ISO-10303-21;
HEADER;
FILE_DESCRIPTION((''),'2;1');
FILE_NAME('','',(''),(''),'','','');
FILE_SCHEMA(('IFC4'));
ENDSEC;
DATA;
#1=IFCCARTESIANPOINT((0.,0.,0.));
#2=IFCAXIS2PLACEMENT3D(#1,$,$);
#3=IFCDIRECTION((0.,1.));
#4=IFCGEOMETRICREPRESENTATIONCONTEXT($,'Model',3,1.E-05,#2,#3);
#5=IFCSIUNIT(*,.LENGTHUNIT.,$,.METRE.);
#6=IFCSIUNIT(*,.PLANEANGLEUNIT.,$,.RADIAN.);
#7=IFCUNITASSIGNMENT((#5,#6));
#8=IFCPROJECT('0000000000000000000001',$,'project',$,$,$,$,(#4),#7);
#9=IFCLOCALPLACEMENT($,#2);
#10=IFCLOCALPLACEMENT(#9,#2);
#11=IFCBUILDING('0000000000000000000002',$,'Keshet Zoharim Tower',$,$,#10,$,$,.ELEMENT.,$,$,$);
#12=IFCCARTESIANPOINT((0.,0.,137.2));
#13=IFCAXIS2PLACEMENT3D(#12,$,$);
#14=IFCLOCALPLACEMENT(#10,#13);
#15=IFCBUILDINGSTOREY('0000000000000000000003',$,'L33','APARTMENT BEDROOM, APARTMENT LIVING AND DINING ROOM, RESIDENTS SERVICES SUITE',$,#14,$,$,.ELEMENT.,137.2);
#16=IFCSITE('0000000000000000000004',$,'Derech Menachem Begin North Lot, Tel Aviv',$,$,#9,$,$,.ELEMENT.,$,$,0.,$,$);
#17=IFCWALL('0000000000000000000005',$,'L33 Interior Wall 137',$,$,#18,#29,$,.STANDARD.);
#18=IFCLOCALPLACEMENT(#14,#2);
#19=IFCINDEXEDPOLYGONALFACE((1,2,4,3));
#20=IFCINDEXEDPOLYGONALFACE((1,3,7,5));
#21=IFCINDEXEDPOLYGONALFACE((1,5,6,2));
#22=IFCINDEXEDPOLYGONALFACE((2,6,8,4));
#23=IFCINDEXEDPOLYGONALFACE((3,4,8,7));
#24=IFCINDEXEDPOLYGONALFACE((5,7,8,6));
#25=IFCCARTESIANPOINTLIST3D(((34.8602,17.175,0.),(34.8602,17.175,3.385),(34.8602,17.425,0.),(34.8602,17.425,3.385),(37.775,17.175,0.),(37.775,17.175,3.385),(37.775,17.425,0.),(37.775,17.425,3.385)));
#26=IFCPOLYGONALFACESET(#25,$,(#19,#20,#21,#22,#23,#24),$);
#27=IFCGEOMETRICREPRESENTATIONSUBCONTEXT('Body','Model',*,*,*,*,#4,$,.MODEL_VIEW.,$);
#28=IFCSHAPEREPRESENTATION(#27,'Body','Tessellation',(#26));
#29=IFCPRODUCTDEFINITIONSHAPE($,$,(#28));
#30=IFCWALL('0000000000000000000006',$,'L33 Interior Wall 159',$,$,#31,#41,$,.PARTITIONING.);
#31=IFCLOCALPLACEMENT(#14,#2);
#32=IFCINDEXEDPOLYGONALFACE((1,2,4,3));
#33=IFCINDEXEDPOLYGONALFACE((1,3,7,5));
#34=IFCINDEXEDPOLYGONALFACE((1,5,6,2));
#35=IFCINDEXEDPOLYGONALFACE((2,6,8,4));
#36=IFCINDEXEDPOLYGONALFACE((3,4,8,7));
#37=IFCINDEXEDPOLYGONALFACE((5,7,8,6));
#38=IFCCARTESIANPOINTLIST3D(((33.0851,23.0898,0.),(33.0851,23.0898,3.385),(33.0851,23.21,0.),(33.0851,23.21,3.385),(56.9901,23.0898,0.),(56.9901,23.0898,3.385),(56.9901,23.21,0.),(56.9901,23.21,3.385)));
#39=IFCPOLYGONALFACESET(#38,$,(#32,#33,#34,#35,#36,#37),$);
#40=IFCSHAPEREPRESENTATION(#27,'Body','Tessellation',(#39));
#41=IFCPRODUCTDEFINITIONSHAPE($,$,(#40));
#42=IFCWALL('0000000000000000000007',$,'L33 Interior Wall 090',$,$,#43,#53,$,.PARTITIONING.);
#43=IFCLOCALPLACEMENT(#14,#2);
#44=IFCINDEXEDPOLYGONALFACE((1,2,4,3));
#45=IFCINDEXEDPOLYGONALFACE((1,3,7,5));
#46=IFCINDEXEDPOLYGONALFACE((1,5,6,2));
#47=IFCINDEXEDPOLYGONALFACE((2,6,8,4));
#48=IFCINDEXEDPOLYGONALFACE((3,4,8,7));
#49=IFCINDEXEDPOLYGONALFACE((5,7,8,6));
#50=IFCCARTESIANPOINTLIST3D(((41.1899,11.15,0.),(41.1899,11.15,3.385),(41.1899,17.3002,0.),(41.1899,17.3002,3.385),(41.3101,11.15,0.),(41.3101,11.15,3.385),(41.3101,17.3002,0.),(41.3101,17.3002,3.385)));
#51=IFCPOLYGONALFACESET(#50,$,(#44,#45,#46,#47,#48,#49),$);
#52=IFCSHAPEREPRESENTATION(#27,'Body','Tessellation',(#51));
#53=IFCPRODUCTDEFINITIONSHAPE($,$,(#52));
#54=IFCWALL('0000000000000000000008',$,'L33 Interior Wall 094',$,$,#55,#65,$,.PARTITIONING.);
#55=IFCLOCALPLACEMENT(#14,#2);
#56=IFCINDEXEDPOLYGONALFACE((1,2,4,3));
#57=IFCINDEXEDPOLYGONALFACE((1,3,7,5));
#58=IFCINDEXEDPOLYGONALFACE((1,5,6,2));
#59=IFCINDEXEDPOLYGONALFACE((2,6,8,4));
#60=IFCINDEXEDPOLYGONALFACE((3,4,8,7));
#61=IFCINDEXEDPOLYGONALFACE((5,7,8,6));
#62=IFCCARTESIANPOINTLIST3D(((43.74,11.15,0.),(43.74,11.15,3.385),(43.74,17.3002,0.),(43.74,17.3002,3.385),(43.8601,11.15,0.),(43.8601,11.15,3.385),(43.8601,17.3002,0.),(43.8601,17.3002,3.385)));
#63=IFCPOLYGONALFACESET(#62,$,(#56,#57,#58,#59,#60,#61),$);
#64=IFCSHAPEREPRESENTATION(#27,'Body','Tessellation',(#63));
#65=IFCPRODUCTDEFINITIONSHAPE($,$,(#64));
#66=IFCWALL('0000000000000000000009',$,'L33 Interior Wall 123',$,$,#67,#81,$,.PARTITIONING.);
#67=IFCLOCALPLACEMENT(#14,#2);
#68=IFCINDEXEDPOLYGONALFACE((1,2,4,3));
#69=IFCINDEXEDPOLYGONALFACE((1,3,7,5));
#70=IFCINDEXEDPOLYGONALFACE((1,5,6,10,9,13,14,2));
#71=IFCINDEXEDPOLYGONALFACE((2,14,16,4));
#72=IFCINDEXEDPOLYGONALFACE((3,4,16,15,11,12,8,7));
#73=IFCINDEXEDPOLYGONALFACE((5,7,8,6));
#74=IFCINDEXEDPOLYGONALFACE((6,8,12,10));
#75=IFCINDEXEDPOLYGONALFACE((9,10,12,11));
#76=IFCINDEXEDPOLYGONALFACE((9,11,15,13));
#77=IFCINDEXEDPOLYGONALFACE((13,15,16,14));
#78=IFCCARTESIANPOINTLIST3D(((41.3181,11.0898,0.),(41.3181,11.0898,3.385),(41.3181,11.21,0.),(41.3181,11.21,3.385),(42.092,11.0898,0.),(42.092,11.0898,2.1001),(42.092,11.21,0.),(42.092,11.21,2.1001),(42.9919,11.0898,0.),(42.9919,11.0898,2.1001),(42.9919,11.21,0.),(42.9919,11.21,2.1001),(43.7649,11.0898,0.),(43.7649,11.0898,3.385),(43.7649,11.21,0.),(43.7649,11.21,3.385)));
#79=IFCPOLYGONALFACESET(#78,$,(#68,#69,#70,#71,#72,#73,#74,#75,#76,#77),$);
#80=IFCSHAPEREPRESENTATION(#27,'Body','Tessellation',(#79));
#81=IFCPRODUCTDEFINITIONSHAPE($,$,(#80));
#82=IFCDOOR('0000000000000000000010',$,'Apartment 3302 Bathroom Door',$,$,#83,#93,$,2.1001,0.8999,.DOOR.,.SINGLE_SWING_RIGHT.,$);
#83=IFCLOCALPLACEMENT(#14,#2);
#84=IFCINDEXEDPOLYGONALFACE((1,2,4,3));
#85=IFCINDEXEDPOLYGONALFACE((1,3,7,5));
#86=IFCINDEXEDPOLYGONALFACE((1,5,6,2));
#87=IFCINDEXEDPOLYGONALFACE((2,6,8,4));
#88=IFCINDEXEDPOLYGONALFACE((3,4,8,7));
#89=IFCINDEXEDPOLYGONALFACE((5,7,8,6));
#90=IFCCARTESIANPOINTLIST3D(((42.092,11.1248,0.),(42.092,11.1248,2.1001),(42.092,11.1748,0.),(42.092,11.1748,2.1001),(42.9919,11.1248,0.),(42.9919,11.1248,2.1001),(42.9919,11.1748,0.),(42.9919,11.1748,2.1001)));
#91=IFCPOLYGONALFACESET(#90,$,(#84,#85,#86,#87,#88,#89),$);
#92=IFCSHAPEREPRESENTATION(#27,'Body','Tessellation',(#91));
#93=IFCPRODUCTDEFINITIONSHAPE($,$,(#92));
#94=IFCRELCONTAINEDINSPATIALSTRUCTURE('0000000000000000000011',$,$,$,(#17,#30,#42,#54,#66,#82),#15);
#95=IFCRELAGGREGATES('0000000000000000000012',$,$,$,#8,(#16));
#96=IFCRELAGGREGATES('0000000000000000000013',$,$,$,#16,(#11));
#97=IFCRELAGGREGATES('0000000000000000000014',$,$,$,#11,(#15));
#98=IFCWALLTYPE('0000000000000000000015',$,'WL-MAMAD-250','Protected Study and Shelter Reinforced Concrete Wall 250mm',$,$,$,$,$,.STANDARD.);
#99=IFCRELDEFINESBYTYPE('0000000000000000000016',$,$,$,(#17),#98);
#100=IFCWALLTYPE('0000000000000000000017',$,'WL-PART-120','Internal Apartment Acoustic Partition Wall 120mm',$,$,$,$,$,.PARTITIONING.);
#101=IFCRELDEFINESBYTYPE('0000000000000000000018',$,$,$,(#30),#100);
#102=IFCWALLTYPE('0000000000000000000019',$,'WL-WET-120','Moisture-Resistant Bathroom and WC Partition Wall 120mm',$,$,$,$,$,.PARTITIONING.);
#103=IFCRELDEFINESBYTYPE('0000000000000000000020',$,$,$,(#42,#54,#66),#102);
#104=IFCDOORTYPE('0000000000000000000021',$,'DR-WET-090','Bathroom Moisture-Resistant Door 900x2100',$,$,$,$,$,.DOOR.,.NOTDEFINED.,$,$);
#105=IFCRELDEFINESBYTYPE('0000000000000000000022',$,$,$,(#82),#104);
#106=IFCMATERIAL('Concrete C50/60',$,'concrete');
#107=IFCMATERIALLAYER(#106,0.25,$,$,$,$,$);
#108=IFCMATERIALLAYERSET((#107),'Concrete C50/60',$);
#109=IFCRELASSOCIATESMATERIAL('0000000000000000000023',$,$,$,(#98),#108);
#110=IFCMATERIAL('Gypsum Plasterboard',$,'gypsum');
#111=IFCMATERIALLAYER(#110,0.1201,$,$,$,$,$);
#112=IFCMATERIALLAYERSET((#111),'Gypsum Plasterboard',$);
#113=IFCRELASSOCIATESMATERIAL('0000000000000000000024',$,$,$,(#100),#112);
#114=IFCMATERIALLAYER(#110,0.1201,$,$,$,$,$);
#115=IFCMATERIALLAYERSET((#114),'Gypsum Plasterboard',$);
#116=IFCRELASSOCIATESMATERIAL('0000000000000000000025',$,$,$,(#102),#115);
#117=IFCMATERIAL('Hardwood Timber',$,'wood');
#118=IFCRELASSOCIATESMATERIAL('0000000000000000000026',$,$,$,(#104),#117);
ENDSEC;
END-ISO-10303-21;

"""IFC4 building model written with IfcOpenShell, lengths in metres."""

from ifc_helpers import new_model, si_unit, direction, frame, frame_2d, origin, place, context, subcontext, project, spatial, rectangle, extrude, material, layer, layer_set, type_object, element, fill, save


model = new_model("IFC4")

# Units and contexts
model_context = context("Model", 3, precision=1e-05, world=origin(), true_north=direction((0.0, 1.0)))
body_context = subcontext(model_context, "Body", "Model", "MODEL_VIEW")
ifc_project = project(units=[si_unit("LENGTHUNIT", "METRE"), si_unit("PLANEANGLEUNIT", "RADIAN")], contexts=[model_context])

# Site, building, storey
site_placement = place(None, origin())
site = spatial("IfcSite", under=ifc_project, at=site_placement, Name="Derech Menachem Begin North Lot, Tel Aviv", CompositionType="ELEMENT", RefElevation=0.0)
building_placement = place(site_placement, origin())
building = spatial("IfcBuilding", under=site, at=building_placement, Name="Keshet Zoharim Tower", CompositionType="ELEMENT")
storey_placement = place(building_placement, frame((0.0, 0.0, 137.2)))
storey = spatial("IfcBuildingStorey", under=building, at=storey_placement, Name="L33", Description="APARTMENT BEDROOM, APARTMENT LIVING AND DINING ROOM, RESIDENTS SERVICES SUITE", CompositionType="ELEMENT", Elevation=137.2)

# Shared definitions
ifc_material_1 = material(Name="Gypsum Plasterboard", Category="gypsum")
ifc_material_2 = material(Name="Hardwood Timber", Category="wood")

# Shared definitions
ifc_material_3 = material(Name="Concrete C50/60", Category="concrete")
ifc_layer_1 = layer(ifc_material_3, 0.25)
ifc_layer_set_1 = layer_set([ifc_layer_1], Name="Concrete C50/60")
wall_type_1 = type_object("IfcWallType", Name="WL-MAMAD-250", Description="Protected Study and Shelter Reinforced Concrete Wall 250mm", PredefinedType="STANDARD", material=ifc_layer_set_1)

# Wall
wall_1_placement = place(storey_placement, frame((34.8601, 17.3, 0.0), z_axis=(0.0, 0.0, 1.0), x_axis=(1.0, 0.0, 0.0)))
element("IfcWall", 1, at=wall_1_placement, inside=storey, type_object=wall_type_1, Name="L33 Interior Wall 137", PredefinedType="STANDARD", context=body_context, shape_type="SweptSolid", body=[
    extrude(rectangle(XDim=2.9148, YDim=0.25, at=frame_2d((1.4575, 0.0))), origin(), (0.0, 0.0, 1.0), 3.385),
])

# Shared definitions
ifc_layer_2 = layer(ifc_material_1, 0.1201)
ifc_layer_set_2 = layer_set([ifc_layer_2], Name="Gypsum Plasterboard")
wall_type_2 = type_object("IfcWallType", Name="WL-PART-120", Description="Internal Apartment Acoustic Partition Wall 120mm", PredefinedType="PARTITIONING", material=ifc_layer_set_2)

# Walls
wall_2_placement = place(storey_placement, frame((33.085, 23.1499, 0.0), z_axis=(0.0, 0.0, 1.0), x_axis=(1.0, 0.0, 0.0)))
element("IfcWall", 2, at=wall_2_placement, inside=storey, type_object=wall_type_2, Name="L33 Interior Wall 159", PredefinedType="PARTITIONING", context=body_context, shape_type="SweptSolid", body=[
    extrude(rectangle(XDim=23.905, YDim=0.1201, at=frame_2d((11.9526, 0.0))), origin(), (0.0, 0.0, 1.0), 3.385),
])
ifc_layer_3 = layer(ifc_material_1, 0.1201)
ifc_layer_set_3 = layer_set([ifc_layer_3], Name="Gypsum Plasterboard")
wall_type_3 = type_object("IfcWallType", Name="WL-WET-120", Description="Moisture-Resistant Bathroom and WC Partition Wall 120mm", PredefinedType="PARTITIONING", material=ifc_layer_set_3)
for number, where, z_axis, x_axis, name in (
    (3, (41.25, 11.1499, 0.0), (0.0, 0.0, 1.0), (0.0, 1.0, 0.0), "L33 Interior Wall 090"),
    (4, (43.8, 11.1499, 0.0), (0.0, 0.0, 1.0), (0.0, 1.0, 0.0), "L33 Interior Wall 094"),
):
    element("IfcWall", number, at=place(storey_placement, frame(where, z_axis=z_axis, x_axis=x_axis)), inside=storey, type_object=wall_type_3, Name=name, PredefinedType="PARTITIONING", context=body_context, shape_type="SweptSolid", body=[
        extrude(rectangle(XDim=6.1501, YDim=0.1201, at=frame_2d((3.0752, 0.0))), origin(), (0.0, 0.0, 1.0), 3.385),
    ])

# Wall, opening, door
wall_3_placement = place(storey_placement, frame((41.3181, 11.1499, 0.0), z_axis=(0.0, 0.0, 1.0), x_axis=(1.0, 0.0, 0.0)))
wall_3 = element("IfcWall", 5, at=wall_3_placement, inside=storey, type_object=wall_type_3, Name="L33 Interior Wall 123", PredefinedType="PARTITIONING", context=body_context, shape_type="SweptSolid", body=[
    extrude(rectangle(XDim=2.4468, YDim=0.1201, at=frame_2d((1.2234, 0.0))), origin(), (0.0, 0.0, 1.0), 3.385),
])
opening_1_placement = place(wall_3_placement, frame((0.7739, 0.0, 0.0)))
opening_1 = element("IfcOpeningElement", 6, at=opening_1_placement, cuts=wall_3, PredefinedType="OPENING", context=body_context, shape_type="SweptSolid", body=[
    extrude(rectangle(XDim=0.8999, YDim=2.1001, at=frame_2d((0.45, 1.05))), frame((0.0, 0.0701, 0.0), z_axis=(0.0, -1.0, 0.0), x_axis=(1.0, 0.0, 0.0)), (0.0, 0.0, 1.0), 0.1401),
])
door_type_1 = type_object("IfcDoorType", Name="DR-WET-090", Description="Bathroom Moisture-Resistant Door 900x2100", OperationType="NOTDEFINED", PredefinedType="DOOR", material=ifc_material_2)
door_1_placement = place(opening_1_placement, origin())
door_1 = element("IfcDoor", 7, at=door_1_placement, inside=storey, type_object=door_type_1, Name="Apartment 3302 Bathroom Door", OperationType="SINGLE_SWING_RIGHT", OverallHeight=2.1001, OverallWidth=0.8999, PredefinedType="DOOR", context=body_context, shape_type="SweptSolid", body=[
    extrude(rectangle(XDim=0.8999, YDim=2.1001, at=frame_2d((0.45, 1.05))), frame((0.0, 0.0249, 0.0), z_axis=(0.0, -1.0, 0.0), x_axis=(1.0, 0.0, 0.0)), (0.0, 0.0, 1.0), 0.05),
])
fill(opening_1, door_1)

save(model, "model.ifc")
